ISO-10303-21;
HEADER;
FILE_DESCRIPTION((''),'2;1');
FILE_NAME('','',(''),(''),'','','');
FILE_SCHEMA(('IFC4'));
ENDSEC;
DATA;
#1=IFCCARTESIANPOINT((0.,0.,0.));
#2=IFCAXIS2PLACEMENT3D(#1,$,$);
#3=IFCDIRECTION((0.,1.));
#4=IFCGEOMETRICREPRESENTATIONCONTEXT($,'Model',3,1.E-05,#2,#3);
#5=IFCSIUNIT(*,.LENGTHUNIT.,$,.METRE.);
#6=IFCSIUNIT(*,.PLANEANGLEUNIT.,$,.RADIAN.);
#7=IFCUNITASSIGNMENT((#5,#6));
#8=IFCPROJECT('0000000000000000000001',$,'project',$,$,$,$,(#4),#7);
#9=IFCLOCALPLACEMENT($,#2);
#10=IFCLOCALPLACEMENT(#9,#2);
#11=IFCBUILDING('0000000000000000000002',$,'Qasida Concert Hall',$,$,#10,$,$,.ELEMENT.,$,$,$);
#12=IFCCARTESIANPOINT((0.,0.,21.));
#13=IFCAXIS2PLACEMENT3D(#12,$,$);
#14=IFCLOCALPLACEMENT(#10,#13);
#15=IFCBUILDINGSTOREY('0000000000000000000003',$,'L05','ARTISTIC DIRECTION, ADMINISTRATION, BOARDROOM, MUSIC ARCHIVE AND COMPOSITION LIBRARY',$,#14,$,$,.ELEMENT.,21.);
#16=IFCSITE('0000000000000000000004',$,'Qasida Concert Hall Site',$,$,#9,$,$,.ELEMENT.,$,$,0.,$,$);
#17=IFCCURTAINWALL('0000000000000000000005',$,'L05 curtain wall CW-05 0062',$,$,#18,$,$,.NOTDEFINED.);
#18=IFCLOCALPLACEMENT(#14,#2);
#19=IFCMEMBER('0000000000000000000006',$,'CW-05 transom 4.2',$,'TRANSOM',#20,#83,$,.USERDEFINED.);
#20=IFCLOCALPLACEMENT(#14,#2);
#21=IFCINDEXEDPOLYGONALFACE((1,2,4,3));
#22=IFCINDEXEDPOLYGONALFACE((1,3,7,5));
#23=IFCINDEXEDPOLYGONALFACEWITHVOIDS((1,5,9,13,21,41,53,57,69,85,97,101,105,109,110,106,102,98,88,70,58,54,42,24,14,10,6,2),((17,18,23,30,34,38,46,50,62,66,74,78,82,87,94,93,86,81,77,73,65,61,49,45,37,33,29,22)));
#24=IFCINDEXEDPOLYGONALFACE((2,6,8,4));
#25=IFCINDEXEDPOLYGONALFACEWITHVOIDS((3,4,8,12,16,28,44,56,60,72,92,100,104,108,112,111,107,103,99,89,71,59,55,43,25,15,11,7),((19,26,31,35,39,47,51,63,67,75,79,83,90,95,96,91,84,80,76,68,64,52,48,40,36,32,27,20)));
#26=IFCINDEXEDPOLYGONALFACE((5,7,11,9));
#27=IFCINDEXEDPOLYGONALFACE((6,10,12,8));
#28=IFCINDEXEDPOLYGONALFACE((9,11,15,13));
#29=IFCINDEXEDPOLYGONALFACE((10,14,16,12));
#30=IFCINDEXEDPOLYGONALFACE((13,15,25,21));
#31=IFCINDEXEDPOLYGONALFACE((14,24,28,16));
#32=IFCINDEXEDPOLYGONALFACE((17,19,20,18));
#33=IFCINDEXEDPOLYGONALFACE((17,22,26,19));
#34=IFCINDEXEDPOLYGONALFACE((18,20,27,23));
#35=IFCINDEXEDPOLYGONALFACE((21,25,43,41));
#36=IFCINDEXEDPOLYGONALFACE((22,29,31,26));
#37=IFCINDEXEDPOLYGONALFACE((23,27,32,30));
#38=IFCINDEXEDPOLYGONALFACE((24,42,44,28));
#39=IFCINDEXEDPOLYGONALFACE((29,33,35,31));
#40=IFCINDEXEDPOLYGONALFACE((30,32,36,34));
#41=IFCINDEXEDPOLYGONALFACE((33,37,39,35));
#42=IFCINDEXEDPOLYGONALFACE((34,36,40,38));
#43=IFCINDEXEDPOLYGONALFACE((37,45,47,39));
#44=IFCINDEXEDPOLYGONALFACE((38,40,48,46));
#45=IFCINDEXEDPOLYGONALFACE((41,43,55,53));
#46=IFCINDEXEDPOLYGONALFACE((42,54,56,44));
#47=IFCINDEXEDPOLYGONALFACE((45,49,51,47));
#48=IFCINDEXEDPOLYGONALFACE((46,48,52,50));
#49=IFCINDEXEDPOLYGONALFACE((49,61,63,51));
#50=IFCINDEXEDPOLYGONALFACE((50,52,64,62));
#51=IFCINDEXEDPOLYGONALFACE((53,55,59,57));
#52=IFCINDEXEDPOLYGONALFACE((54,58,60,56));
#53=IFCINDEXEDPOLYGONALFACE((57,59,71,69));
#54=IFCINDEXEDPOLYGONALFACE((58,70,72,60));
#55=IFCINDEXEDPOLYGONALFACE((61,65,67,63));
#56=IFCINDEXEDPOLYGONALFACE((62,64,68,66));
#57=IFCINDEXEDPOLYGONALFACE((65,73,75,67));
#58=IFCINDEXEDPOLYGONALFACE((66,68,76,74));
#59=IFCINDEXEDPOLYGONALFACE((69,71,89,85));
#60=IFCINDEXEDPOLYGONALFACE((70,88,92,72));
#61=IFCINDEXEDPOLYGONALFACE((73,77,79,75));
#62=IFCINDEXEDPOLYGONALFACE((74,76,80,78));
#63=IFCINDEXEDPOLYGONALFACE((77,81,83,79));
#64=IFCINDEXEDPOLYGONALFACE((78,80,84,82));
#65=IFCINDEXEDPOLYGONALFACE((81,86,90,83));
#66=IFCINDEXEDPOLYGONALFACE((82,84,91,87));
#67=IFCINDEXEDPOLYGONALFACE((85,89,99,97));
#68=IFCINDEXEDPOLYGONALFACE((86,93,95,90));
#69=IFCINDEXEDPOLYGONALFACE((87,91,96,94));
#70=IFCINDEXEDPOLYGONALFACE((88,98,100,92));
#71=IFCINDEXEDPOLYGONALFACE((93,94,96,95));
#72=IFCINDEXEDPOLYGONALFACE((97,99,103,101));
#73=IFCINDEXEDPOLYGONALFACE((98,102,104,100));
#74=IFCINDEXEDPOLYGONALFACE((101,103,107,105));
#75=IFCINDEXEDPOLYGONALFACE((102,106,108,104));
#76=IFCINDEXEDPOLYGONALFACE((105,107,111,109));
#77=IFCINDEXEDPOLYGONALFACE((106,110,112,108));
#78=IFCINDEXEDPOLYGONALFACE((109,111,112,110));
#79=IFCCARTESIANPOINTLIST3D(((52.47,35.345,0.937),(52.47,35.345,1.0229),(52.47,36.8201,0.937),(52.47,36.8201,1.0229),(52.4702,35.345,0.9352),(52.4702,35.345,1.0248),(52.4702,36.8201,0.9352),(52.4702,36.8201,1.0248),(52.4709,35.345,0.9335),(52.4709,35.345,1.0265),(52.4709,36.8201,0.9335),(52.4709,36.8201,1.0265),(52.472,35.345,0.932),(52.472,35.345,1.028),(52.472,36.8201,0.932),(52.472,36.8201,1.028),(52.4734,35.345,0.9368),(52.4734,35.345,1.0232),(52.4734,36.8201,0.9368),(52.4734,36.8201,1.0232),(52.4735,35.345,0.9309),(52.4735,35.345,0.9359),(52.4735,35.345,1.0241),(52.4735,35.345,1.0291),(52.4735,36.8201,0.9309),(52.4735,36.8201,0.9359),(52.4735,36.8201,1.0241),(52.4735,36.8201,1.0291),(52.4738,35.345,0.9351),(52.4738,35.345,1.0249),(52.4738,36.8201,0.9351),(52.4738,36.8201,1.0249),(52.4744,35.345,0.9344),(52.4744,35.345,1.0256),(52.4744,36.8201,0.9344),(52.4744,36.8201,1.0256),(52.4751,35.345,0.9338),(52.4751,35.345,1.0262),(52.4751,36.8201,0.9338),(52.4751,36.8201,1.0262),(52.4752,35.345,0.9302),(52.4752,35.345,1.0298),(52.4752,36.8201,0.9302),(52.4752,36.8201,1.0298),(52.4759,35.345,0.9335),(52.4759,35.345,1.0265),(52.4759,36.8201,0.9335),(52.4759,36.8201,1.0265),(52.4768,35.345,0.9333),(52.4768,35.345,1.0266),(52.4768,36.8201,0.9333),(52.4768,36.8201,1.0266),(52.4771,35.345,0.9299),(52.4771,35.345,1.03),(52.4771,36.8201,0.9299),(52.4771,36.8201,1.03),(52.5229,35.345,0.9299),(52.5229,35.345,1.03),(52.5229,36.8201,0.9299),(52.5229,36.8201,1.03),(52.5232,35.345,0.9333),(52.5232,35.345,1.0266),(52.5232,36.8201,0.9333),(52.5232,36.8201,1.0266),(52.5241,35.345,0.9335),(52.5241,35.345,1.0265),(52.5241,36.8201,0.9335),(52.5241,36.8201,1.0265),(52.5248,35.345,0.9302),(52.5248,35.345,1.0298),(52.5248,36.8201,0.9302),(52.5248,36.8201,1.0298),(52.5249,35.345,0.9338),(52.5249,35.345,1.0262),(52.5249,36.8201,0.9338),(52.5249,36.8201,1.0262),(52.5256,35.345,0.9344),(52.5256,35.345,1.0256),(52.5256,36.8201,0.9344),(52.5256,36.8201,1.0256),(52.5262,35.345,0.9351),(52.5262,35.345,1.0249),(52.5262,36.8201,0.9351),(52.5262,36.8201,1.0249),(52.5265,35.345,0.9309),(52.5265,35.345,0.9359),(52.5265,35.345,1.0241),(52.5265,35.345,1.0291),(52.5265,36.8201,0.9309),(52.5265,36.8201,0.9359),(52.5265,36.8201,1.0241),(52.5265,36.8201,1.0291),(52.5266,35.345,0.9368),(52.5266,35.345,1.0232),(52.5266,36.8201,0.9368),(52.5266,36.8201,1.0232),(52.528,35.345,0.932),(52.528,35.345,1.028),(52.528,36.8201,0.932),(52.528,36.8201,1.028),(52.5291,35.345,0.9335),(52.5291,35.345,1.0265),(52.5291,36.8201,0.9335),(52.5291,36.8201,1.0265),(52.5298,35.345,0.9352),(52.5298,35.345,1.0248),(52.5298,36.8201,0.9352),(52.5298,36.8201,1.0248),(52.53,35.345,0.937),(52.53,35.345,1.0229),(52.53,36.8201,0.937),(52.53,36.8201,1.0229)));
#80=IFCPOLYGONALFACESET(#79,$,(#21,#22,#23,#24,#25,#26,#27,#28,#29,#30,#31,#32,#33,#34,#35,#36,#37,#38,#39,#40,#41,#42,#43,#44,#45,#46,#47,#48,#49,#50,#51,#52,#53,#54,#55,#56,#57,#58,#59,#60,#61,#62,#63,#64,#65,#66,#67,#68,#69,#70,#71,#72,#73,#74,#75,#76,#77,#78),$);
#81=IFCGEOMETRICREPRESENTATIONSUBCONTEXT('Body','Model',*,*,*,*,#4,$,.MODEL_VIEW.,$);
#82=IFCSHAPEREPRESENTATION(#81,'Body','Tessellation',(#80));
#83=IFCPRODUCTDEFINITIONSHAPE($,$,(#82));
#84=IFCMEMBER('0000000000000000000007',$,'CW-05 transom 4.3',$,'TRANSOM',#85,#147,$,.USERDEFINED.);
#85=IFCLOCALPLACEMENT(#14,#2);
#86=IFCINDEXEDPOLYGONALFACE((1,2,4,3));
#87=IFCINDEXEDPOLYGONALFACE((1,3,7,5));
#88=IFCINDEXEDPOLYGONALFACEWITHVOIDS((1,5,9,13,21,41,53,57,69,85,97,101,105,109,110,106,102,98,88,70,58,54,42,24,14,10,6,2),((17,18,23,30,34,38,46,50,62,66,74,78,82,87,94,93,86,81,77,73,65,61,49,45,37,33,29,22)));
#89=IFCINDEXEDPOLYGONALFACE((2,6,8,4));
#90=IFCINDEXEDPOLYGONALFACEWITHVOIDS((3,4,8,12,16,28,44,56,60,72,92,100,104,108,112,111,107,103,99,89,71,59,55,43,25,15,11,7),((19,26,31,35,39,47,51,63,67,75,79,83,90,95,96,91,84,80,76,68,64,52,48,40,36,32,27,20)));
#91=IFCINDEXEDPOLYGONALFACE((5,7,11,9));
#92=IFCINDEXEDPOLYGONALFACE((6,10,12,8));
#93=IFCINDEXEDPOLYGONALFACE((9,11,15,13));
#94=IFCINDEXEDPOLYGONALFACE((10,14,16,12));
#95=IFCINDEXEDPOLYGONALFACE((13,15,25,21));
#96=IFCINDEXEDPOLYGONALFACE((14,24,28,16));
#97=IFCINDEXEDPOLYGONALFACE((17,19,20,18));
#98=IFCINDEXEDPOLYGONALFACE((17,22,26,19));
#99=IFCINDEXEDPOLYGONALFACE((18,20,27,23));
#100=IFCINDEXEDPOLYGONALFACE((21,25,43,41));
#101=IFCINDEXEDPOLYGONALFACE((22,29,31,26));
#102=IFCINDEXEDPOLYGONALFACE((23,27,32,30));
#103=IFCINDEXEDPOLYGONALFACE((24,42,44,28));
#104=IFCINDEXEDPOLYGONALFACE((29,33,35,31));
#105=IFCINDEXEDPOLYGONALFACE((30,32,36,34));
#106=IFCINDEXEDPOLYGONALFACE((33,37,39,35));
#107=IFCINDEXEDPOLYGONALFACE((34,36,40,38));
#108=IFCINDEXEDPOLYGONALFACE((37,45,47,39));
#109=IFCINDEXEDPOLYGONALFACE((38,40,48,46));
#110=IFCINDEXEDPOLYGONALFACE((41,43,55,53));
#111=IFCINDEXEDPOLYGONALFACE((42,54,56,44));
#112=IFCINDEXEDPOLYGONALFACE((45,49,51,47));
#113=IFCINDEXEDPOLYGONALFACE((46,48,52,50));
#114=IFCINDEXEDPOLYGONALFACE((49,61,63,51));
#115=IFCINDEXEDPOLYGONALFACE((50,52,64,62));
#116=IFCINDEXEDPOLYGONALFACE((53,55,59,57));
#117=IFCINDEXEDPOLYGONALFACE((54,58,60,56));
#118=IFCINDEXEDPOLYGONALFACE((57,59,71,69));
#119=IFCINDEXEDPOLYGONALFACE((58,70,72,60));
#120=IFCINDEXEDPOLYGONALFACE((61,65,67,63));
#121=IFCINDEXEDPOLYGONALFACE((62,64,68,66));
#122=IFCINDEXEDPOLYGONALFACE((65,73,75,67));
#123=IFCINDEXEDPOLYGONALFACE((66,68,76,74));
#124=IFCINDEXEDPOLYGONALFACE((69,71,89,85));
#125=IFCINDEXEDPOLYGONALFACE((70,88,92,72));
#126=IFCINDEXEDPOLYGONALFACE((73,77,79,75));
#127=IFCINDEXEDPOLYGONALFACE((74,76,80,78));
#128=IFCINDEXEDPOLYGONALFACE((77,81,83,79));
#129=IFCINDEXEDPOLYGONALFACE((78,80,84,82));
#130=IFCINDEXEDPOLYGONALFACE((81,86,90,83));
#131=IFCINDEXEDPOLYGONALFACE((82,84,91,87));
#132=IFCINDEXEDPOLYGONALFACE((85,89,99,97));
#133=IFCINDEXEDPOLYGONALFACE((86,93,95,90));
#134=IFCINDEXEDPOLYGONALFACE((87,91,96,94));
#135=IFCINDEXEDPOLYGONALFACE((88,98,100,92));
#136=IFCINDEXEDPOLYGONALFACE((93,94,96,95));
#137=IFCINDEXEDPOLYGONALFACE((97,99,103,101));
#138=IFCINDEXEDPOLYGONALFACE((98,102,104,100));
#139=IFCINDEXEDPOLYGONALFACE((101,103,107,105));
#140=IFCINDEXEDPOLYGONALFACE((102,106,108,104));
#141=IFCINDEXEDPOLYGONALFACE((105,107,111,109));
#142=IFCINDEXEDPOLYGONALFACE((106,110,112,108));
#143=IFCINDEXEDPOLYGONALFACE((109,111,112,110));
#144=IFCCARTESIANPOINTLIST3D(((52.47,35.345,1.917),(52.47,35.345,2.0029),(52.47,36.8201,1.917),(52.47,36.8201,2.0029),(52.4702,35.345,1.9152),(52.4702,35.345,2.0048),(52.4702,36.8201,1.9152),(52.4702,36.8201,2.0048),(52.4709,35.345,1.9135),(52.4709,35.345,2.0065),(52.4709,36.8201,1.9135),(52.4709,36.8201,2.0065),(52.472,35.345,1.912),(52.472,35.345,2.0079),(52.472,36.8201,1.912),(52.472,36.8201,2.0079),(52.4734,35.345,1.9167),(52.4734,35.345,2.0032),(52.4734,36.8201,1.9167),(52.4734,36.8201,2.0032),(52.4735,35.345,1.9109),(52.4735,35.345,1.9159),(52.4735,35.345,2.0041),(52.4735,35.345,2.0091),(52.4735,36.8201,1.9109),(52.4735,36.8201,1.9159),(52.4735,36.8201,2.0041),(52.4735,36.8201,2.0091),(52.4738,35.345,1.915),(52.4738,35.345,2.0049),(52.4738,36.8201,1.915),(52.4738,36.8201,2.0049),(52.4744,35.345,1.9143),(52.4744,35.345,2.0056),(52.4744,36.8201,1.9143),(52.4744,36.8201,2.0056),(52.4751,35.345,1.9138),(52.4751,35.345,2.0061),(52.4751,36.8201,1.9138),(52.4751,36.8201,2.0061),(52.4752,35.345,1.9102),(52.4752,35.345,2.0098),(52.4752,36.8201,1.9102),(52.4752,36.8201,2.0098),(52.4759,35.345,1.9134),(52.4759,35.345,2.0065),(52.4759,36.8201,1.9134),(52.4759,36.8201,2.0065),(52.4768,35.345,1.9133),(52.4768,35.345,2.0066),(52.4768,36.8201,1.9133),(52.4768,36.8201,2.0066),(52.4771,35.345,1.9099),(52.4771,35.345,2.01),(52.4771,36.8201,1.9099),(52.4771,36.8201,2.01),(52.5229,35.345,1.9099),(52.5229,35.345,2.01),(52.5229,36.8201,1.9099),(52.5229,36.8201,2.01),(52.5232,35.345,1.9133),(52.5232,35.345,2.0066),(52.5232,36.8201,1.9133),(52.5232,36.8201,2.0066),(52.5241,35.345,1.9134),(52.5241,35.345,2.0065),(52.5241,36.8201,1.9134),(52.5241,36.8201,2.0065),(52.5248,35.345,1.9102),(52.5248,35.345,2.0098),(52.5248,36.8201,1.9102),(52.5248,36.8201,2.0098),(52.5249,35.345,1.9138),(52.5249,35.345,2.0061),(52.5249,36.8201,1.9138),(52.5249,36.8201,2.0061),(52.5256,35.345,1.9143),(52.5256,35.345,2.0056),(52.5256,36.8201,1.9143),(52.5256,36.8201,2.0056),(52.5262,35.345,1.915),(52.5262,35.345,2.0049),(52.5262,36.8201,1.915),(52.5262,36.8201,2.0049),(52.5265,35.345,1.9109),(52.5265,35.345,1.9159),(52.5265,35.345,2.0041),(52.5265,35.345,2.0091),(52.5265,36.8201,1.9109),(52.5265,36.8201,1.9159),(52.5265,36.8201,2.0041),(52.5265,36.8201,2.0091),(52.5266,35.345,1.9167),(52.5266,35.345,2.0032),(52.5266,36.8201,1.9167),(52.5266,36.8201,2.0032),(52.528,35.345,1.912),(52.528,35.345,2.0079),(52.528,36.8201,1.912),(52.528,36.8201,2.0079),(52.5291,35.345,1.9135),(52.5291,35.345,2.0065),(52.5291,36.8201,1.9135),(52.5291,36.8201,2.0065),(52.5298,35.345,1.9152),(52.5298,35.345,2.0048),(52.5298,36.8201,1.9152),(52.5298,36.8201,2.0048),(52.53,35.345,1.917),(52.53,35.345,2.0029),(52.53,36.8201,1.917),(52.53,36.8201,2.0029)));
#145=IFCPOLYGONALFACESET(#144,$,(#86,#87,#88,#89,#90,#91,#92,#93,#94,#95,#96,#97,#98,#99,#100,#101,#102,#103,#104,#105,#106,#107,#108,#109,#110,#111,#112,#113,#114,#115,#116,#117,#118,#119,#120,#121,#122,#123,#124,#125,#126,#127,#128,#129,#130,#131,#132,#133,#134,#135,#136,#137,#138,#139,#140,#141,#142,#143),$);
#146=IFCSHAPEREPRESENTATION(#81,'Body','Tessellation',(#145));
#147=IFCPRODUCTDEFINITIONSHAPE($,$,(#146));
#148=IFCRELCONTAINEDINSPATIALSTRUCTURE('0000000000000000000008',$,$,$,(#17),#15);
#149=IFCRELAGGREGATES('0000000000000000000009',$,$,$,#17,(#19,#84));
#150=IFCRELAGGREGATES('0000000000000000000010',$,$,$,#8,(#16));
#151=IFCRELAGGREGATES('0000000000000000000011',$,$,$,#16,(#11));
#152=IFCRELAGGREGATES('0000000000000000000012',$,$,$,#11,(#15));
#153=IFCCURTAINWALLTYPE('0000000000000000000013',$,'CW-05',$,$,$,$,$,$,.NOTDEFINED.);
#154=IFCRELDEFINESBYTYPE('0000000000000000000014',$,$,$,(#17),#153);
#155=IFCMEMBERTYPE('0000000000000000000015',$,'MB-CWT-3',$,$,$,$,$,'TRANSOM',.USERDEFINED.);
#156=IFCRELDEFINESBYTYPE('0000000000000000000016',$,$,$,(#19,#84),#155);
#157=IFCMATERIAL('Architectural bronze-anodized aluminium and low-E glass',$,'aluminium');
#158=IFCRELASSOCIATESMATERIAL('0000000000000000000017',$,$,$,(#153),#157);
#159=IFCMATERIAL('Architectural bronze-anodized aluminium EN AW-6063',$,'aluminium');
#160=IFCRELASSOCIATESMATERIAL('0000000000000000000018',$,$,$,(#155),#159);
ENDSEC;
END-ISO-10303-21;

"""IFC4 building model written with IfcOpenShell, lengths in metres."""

from ifc_helpers import new_model, si_unit, direction, frame, origin, origin_2d, place, context, subcontext, project, spatial, hollow_rectangle, extrude, material, material_profile, profile_set, type_object, element, aggregate, save


model = new_model("IFC4")

# Units and contexts
model_context = context("Model", 3, precision=1e-05, world=origin(), true_north=direction((0.0, 1.0)))
body_context = subcontext(model_context, "Body", "Model", "MODEL_VIEW")
ifc_project = project(units=[si_unit("LENGTHUNIT", "METRE"), si_unit("PLANEANGLEUNIT", "RADIAN")], contexts=[model_context])

# Site, building, storey
site_placement = place(None, origin())
site = spatial("IfcSite", under=ifc_project, at=site_placement, Name="Qasida Concert Hall Site", CompositionType="ELEMENT", RefElevation=0.0)
building_placement = place(site_placement, origin())
building = spatial("IfcBuilding", under=site, at=building_placement, Name="Qasida Concert Hall", CompositionType="ELEMENT")
storey_placement = place(building_placement, frame((0.0, 0.0, 21.0)))
storey = spatial("IfcBuildingStorey", under=building, at=storey_placement, Name="L05", Description="ARTISTIC DIRECTION, ADMINISTRATION, BOARDROOM, MUSIC ARCHIVE AND COMPOSITION LIBRARY", CompositionType="ELEMENT", Elevation=21.0)

# Curtain wall
ifc_material_1 = material(Name="Architectural bronze-anodized aluminium and low-E glass", Category="aluminium")
curtain_wall_type = type_object("IfcCurtainWallType", Name="CW-05", PredefinedType="NOTDEFINED", material=ifc_material_1)
curtain_wall_1_placement = place(storey_placement, origin())
curtain_wall_1 = element("IfcCurtainWall", 1, at=curtain_wall_1_placement, inside=storey, type_object=curtain_wall_type, Name="L05 curtain wall CW-05 0062", PredefinedType="NOTDEFINED")
ifc_material_2 = material(Name="Architectural bronze-anodized aluminium EN AW-6063", Category="aluminium")

# Members
ifc_material_profile_1 = material_profile(ifc_material_2, hollow_rectangle(XDim=0.0601, YDim=0.1001, WallThickness=0.0034, InnerFilletRadius=0.0034, OuterFilletRadius=0.0071, at=origin_2d()), Name="CWT 100x60x3.5")
ifc_profile_set_1 = profile_set([ifc_material_profile_1], Name="Architectural bronze-anodized aluminium EN AW-6063")
member_type_1 = type_object("IfcMemberType", Name="MB-CWT-3", ElementType="TRANSOM", PredefinedType="USERDEFINED", material=ifc_profile_set_1)
member_1_placement = place(storey_placement, frame((52.5, 35.345, 0.98), z_axis=(0.0, 1.0, 0.0), x_axis=(-1.0, 0.0, 0.0)))
member_1 = element("IfcMember", 2, at=member_1_placement, type_object=member_type_1, Name="CW-05 transom 4.2", ObjectType="TRANSOM", PredefinedType="USERDEFINED", context=body_context, shape_type="SweptSolid", body=[
    extrude(hollow_rectangle(XDim=0.0601, YDim=0.1001, WallThickness=0.0034, InnerFilletRadius=0.0034, OuterFilletRadius=0.0071, at=origin_2d()), origin(), (0.0, 0.0, 1.0), 1.4751),
])
member_2_placement = place(storey_placement, frame((52.5, 35.345, 1.96), z_axis=(0.0, 1.0, 0.0), x_axis=(-1.0, 0.0, 0.0)))
member_2 = element("IfcMember", 3, at=member_2_placement, type_object=member_type_1, Name="CW-05 transom 4.3", ObjectType="TRANSOM", PredefinedType="USERDEFINED", context=body_context, shape_type="SweptSolid", body=[
    extrude(hollow_rectangle(XDim=0.0601, YDim=0.1001, WallThickness=0.0034, InnerFilletRadius=0.0034, OuterFilletRadius=0.0071, at=origin_2d()), origin(), (0.0, 0.0, 1.0), 1.4751),
])

aggregate(curtain_wall_1, [member_1, member_2])

save(model, "model.ifc")
